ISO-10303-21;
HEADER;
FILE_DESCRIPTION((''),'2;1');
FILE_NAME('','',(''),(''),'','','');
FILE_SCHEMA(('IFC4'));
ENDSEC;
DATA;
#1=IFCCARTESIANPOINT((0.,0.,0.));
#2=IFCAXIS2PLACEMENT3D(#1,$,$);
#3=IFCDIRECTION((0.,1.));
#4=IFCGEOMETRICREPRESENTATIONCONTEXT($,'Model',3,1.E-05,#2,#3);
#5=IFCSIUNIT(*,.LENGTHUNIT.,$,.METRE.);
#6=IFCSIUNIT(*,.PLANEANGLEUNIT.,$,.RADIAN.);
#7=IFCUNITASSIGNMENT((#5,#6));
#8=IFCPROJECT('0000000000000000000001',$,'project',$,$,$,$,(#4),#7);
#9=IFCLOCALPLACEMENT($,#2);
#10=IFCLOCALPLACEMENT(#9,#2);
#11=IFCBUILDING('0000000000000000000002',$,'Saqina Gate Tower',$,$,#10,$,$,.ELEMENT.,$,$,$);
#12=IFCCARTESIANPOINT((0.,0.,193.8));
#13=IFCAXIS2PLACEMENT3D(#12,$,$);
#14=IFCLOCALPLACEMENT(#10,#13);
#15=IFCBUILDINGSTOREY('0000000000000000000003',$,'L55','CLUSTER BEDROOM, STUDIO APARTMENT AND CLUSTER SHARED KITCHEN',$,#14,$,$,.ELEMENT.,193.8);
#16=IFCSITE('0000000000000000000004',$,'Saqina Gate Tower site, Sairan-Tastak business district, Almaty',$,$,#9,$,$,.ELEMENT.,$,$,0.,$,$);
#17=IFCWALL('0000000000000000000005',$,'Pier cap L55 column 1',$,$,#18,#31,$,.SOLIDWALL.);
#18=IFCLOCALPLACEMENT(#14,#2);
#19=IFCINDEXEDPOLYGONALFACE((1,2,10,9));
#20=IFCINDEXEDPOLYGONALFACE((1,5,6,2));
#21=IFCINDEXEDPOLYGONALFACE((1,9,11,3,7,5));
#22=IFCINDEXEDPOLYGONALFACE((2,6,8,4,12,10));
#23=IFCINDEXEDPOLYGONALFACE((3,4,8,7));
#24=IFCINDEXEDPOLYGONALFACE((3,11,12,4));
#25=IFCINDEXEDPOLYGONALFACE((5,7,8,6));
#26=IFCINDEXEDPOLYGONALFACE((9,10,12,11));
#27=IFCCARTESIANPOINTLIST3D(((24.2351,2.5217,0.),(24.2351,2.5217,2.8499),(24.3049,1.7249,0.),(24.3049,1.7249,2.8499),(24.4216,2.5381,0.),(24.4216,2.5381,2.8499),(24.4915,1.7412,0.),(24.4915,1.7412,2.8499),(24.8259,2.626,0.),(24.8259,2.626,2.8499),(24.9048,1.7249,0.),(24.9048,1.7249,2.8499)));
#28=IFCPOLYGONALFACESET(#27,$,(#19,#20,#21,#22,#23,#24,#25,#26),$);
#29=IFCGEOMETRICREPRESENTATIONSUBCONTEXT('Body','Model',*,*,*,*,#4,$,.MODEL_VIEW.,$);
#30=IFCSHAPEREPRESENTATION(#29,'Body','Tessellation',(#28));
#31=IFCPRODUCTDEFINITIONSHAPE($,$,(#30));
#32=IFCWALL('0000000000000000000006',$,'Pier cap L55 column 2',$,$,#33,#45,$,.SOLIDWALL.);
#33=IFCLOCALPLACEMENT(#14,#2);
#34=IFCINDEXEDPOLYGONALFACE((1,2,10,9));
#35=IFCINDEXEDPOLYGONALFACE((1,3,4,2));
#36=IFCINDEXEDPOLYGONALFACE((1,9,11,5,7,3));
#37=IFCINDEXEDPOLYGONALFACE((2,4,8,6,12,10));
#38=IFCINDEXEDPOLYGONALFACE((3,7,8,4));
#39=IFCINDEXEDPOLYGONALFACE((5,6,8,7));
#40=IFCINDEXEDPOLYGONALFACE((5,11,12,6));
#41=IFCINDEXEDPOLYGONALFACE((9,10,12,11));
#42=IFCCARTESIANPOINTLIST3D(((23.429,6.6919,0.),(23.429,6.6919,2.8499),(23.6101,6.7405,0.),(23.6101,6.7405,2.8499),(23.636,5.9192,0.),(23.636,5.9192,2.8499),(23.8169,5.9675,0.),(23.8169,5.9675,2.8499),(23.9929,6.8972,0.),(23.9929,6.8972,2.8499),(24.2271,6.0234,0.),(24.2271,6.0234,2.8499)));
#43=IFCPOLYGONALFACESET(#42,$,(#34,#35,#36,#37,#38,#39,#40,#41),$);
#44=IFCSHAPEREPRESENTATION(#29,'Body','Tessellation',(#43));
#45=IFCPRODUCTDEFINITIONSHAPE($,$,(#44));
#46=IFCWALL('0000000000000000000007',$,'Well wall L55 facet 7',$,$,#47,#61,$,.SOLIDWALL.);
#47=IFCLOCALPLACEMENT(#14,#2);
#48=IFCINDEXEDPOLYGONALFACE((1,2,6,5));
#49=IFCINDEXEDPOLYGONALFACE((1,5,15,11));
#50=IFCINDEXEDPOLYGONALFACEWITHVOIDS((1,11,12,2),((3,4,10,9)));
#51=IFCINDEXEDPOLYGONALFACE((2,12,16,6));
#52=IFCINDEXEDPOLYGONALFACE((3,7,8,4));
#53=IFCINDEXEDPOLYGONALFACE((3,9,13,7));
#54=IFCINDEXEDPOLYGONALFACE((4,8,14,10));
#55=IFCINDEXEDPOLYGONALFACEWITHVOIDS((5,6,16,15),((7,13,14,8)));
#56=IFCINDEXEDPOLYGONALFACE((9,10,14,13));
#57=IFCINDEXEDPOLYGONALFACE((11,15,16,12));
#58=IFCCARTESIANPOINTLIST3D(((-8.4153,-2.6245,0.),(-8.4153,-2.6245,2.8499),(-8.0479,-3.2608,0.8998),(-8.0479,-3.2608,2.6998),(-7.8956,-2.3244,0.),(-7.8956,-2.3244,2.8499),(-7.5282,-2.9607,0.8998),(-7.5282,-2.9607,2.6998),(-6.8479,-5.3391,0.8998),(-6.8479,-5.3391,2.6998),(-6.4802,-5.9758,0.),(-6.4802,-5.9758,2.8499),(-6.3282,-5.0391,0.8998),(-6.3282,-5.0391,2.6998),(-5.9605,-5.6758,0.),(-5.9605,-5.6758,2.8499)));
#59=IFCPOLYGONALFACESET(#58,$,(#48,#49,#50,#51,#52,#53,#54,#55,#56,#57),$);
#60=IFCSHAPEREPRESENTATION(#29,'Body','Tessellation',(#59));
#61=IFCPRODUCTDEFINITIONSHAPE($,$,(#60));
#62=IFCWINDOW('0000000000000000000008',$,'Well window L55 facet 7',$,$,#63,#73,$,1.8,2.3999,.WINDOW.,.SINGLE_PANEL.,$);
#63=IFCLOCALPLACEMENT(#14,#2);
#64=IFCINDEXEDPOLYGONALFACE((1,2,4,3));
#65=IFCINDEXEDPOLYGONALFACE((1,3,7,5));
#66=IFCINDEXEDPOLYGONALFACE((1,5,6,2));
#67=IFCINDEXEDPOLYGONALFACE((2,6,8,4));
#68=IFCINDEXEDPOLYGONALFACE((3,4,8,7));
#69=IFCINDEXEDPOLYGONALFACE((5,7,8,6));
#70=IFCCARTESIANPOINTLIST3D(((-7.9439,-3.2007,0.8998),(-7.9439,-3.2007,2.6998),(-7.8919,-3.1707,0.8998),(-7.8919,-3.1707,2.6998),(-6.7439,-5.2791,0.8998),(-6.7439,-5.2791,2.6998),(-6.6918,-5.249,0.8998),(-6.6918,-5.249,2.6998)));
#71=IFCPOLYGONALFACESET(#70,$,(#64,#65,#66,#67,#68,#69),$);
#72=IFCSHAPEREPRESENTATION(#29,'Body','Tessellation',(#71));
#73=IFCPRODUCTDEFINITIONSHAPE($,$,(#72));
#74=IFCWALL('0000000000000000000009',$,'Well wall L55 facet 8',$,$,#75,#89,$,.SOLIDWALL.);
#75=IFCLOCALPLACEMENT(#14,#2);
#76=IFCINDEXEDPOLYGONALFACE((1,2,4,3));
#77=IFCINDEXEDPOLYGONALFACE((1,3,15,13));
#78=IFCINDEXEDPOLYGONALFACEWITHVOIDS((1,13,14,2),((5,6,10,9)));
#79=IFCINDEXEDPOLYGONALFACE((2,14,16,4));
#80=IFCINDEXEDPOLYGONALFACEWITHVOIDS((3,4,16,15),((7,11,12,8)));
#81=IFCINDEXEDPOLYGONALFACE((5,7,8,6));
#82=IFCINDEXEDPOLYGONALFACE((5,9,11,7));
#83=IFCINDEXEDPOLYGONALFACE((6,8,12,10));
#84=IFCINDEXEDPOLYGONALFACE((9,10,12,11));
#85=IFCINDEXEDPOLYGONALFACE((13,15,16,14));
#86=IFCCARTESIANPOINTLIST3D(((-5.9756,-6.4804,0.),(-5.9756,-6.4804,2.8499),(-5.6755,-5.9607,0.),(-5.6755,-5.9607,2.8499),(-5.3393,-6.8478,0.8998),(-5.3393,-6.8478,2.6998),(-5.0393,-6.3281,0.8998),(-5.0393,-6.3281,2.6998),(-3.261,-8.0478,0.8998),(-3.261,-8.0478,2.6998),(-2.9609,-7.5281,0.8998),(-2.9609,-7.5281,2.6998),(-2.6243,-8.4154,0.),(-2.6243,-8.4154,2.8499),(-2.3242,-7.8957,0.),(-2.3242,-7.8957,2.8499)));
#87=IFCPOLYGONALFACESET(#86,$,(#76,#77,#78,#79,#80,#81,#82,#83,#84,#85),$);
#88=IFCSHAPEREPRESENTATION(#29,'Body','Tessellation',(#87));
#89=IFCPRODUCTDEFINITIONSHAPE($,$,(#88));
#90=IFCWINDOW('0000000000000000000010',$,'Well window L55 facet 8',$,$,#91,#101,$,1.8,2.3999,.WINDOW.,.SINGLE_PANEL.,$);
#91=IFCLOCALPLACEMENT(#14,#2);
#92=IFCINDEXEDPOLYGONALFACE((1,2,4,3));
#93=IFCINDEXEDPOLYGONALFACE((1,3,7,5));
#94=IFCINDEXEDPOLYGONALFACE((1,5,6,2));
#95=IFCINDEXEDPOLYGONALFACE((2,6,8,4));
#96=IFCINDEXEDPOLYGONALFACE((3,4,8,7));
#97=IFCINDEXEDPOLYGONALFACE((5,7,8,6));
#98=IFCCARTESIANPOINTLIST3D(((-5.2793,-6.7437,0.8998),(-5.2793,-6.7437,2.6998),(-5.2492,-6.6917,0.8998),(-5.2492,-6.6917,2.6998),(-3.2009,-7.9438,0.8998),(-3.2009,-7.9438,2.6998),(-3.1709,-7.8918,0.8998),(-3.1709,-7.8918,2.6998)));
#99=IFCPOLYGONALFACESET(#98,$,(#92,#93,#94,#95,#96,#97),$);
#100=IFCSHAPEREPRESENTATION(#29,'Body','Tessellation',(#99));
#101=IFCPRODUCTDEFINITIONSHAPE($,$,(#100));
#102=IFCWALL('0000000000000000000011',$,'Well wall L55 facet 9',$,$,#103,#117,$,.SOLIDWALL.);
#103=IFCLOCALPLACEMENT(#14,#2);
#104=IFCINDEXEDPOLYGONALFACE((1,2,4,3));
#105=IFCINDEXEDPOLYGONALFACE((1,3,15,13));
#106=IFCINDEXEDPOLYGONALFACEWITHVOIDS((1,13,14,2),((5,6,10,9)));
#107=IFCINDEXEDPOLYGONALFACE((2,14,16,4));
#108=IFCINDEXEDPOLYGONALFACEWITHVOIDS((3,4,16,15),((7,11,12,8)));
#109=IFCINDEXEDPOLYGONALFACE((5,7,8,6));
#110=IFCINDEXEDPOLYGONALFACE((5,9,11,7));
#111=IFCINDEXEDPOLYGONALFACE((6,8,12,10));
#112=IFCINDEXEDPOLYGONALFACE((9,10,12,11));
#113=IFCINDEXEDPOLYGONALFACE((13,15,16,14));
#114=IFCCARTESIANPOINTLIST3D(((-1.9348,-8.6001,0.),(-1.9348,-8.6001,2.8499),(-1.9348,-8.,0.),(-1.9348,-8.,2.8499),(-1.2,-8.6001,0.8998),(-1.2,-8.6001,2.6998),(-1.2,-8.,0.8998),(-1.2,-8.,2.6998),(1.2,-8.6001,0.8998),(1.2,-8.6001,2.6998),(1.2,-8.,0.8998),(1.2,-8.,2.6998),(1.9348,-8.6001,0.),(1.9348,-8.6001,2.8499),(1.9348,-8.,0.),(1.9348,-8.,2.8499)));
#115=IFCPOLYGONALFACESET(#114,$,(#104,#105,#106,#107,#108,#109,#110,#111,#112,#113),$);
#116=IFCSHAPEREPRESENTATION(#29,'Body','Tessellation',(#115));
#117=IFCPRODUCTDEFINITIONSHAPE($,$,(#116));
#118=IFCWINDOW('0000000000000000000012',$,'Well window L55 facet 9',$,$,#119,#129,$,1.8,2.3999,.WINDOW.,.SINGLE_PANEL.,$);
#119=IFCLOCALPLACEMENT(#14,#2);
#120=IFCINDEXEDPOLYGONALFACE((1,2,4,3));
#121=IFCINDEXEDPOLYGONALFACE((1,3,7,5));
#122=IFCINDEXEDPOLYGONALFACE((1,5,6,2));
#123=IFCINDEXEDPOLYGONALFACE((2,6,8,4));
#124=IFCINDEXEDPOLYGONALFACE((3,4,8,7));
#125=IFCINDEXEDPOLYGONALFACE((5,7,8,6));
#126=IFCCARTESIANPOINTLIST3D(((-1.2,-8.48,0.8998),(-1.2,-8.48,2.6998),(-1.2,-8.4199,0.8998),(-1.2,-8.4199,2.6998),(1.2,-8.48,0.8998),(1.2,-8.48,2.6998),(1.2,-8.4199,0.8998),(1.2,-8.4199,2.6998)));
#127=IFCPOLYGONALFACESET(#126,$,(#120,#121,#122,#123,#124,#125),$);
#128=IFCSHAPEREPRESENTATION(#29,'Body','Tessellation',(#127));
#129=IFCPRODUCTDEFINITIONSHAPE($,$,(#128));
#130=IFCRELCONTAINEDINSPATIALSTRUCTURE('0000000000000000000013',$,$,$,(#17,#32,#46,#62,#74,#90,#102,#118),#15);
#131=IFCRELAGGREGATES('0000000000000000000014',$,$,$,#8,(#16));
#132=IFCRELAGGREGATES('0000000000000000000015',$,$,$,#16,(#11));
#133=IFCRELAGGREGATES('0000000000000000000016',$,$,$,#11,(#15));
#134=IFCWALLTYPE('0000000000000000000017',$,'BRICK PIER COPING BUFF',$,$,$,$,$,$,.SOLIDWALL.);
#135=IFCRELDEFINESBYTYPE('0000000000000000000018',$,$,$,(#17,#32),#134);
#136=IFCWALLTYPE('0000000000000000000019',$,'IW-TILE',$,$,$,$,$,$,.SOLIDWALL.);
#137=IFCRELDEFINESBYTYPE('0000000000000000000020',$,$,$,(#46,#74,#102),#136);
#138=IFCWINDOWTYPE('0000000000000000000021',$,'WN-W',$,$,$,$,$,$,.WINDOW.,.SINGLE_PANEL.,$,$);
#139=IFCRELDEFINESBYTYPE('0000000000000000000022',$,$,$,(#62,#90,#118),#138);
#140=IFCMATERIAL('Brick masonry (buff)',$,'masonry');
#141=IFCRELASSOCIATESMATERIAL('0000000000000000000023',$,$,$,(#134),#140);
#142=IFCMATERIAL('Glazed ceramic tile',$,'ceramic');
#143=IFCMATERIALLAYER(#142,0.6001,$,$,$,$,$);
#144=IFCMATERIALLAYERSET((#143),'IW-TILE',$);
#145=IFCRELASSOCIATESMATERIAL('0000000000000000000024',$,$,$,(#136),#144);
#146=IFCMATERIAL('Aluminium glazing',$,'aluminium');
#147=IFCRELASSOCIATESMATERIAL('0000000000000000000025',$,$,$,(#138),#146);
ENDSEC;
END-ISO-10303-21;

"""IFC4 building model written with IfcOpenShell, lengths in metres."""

from ifc_helpers import new_model, si_unit, direction, frame, frame_2d, origin, place, context, subcontext, project, spatial, polyline, rectangle, outline, extrude, material, layer, layer_set, type_object, element, fill, save


model = new_model("IFC4")

# Units and contexts
model_context = context("Model", 3, precision=1e-05, world=origin(), true_north=direction((0.0, 1.0)))
body_context = subcontext(model_context, "Body", "Model", "MODEL_VIEW")
ifc_project = project(units=[si_unit("LENGTHUNIT", "METRE"), si_unit("PLANEANGLEUNIT", "RADIAN")], contexts=[model_context])

# Site, building, storey
site_placement = place(None, origin())
site = spatial("IfcSite", under=ifc_project, at=site_placement, Name="Saqina Gate Tower site, Sairan-Tastak business district, Almaty", CompositionType="ELEMENT", RefElevation=0.0)
building_placement = place(site_placement, origin())
building = spatial("IfcBuilding", under=site, at=building_placement, Name="Saqina Gate Tower", CompositionType="ELEMENT")
storey_placement = place(building_placement, frame((0.0, 0.0, 193.8)))
storey = spatial("IfcBuildingStorey", under=building, at=storey_placement, Name="L55", Description="CLUSTER BEDROOM, STUDIO APARTMENT AND CLUSTER SHARED KITCHEN", CompositionType="ELEMENT", Elevation=193.8)

# Walls
ifc_material_1 = material(Name="Brick masonry (buff)", Category="masonry")
wall_type_1 = type_object("IfcWallType", Name="BRICK PIER COPING BUFF", PredefinedType="SOLIDWALL", material=ifc_material_1)
wall_1_placement = place(storey_placement, origin())
element("IfcWall", 1, at=wall_1_placement, inside=storey, type_object=wall_type_1, Name="Pier cap L55 column 1", PredefinedType="SOLIDWALL", context=body_context, shape_type="SweptSolid", body=[
    extrude(outline(polyline([(24.9048, 1.7249), (24.8259, 2.626), (24.2351, 2.5217), (24.4216, 2.5381), (24.4915, 1.7412), (24.3049, 1.7249), (24.9048, 1.7249)])), origin(), (0.0, 0.0, 1.0), 2.8499),
])
wall_2_placement = place(storey_placement, origin())
element("IfcWall", 2, at=wall_2_placement, inside=storey, type_object=wall_type_1, Name="Pier cap L55 column 2", PredefinedType="SOLIDWALL", context=body_context, shape_type="SweptSolid", body=[
    extrude(outline(polyline([(24.2271, 6.0234), (23.9929, 6.8972), (23.429, 6.6919), (23.6101, 6.7405), (23.8169, 5.9675), (23.636, 5.9192), (24.2271, 6.0234)])), origin(), (0.0, 0.0, 1.0), 2.8499),
])

# Walls, openings, windows
ifc_material_2 = material(Name="Glazed ceramic tile", Category="ceramic")
ifc_layer_1 = layer(ifc_material_2, 0.6001)
ifc_layer_set_1 = layer_set([ifc_layer_1], Name="IW-TILE")
wall_type_2 = type_object("IfcWallType", Name="IW-TILE", PredefinedType="SOLIDWALL", material=ifc_layer_set_1)
wall_3_placement = place(storey_placement, frame((-8.1555, -2.4744, 0.0), z_axis=(0.0, 0.0, 1.0), x_axis=(0.500034, -0.866006, 0.0)))
wall_3 = element("IfcWall", 3, at=wall_3_placement, inside=storey, type_object=wall_type_2, Name="Well wall L55 facet 7", PredefinedType="SOLIDWALL", context=body_context, shape_type="SweptSolid", body=[
    extrude(rectangle(XDim=3.8699, YDim=0.6001, at=frame_2d((1.9351, 0.0))), origin(), (0.0, 0.0, 1.0), 2.8499),
])
opening_1_placement = place(wall_3_placement, frame((0.7349, 0.0, 0.8999)))
opening_1 = element("IfcOpeningElement", 4, at=opening_1_placement, cuts=wall_3, PredefinedType="OPENING", context=body_context, shape_type="SweptSolid", body=[
    extrude(rectangle(XDim=2.3999, YDim=1.8, at=frame_2d((1.2, 0.8999))), frame((0.0, 0.312, 0.0), z_axis=(0.0, -1.0, 0.0), x_axis=(1.0, 0.0, 0.0)), (0.0, 0.0, 1.0), 0.624),
])
ifc_material_3 = material(Name="Aluminium glazing", Category="aluminium")
window_type = type_object("IfcWindowType", Name="WN-W", PartitioningType="SINGLE_PANEL", PredefinedType="WINDOW", material=ifc_material_3)
window_1_placement = place(opening_1_placement, origin())
window_1 = element("IfcWindow", 5, at=window_1_placement, inside=storey, type_object=window_type, Name="Well window L55 facet 7", OverallHeight=1.8, OverallWidth=2.3999, PartitioningType="SINGLE_PANEL", PredefinedType="WINDOW", context=body_context, shape_type="SweptSolid", body=[
    extrude(rectangle(XDim=2.3999, YDim=1.8, at=frame_2d((1.2, 0.8999))), frame((0.0, -0.1199, 0.0), z_axis=(0.0, -1.0, 0.0), x_axis=(1.0, 0.0, 0.0)), (0.0, 0.0, 1.0), 0.0601),
])
fill(opening_1, window_1)
wall_4_placement = place(storey_placement, frame((-5.8257, -6.2205, 0.0), z_axis=(0.0, 0.0, 1.0), x_axis=(0.866006, -0.500034, 0.0)))
wall_4 = element("IfcWall", 6, at=wall_4_placement, inside=storey, type_object=wall_type_2, Name="Well wall L55 facet 8", PredefinedType="SOLIDWALL", context=body_context, shape_type="SweptSolid", body=[
    extrude(rectangle(XDim=3.8699, YDim=0.6001, at=frame_2d((1.9351, 0.0))), origin(), (0.0, 0.0, 1.0), 2.8499),
])
opening_2_placement = place(wall_4_placement, frame((0.7349, 0.0, 0.8999)))
opening_2 = element("IfcOpeningElement", 7, at=opening_2_placement, cuts=wall_4, PredefinedType="OPENING", context=body_context, shape_type="SweptSolid", body=[
    extrude(rectangle(XDim=2.3999, YDim=1.8, at=frame_2d((1.2, 0.8999))), frame((0.0, 0.312, 0.0), z_axis=(0.0, -1.0, 0.0), x_axis=(1.0, 0.0, 0.0)), (0.0, 0.0, 1.0), 0.624),
])
window_2_placement = place(opening_2_placement, origin())
window_2 = element("IfcWindow", 8, at=window_2_placement, inside=storey, type_object=window_type, Name="Well window L55 facet 8", OverallHeight=1.8, OverallWidth=2.3999, PartitioningType="SINGLE_PANEL", PredefinedType="WINDOW", context=body_context, shape_type="SweptSolid", body=[
    extrude(rectangle(XDim=2.3999, YDim=1.8, at=frame_2d((1.2, 0.8999))), frame((0.0, -0.1199, 0.0), z_axis=(0.0, -1.0, 0.0), x_axis=(1.0, 0.0, 0.0)), (0.0, 0.0, 1.0), 0.0601),
])
fill(opening_2, window_2)
wall_5_placement = place(storey_placement, frame((-1.9348, -8.3, 0.0), z_axis=(0.0, 0.0, 1.0), x_axis=(1.0, 0.0, 0.0)))
wall_5 = element("IfcWall", 9, at=wall_5_placement, inside=storey, type_object=wall_type_2, Name="Well wall L55 facet 9", PredefinedType="SOLIDWALL", context=body_context, shape_type="SweptSolid", body=[
    extrude(rectangle(XDim=3.8696, YDim=0.6001, at=frame_2d((1.9348, 0.0))), origin(), (0.0, 0.0, 1.0), 2.8499),
])
opening_3_placement = place(wall_5_placement, frame((0.7349, 0.0, 0.8999)))
opening_3 = element("IfcOpeningElement", 10, at=opening_3_placement, cuts=wall_5, PredefinedType="OPENING", context=body_context, shape_type="SweptSolid", body=[
    extrude(rectangle(XDim=2.3999, YDim=1.8, at=frame_2d((1.2, 0.8999))), frame((0.0, 0.312, 0.0), z_axis=(0.0, -1.0, 0.0), x_axis=(1.0, 0.0, 0.0)), (0.0, 0.0, 1.0), 0.624),
])
window_3_placement = place(opening_3_placement, origin())
window_3 = element("IfcWindow", 11, at=window_3_placement, inside=storey, type_object=window_type, Name="Well window L55 facet 9", OverallHeight=1.8, OverallWidth=2.3999, PartitioningType="SINGLE_PANEL", PredefinedType="WINDOW", context=body_context, shape_type="SweptSolid", body=[
    extrude(rectangle(XDim=2.3999, YDim=1.8, at=frame_2d((1.2, 0.8999))), frame((0.0, -0.1199, 0.0), z_axis=(0.0, -1.0, 0.0), x_axis=(1.0, 0.0, 0.0)), (0.0, 0.0, 1.0), 0.0601),
])
fill(opening_3, window_3)

save(model, "model.ifc")
